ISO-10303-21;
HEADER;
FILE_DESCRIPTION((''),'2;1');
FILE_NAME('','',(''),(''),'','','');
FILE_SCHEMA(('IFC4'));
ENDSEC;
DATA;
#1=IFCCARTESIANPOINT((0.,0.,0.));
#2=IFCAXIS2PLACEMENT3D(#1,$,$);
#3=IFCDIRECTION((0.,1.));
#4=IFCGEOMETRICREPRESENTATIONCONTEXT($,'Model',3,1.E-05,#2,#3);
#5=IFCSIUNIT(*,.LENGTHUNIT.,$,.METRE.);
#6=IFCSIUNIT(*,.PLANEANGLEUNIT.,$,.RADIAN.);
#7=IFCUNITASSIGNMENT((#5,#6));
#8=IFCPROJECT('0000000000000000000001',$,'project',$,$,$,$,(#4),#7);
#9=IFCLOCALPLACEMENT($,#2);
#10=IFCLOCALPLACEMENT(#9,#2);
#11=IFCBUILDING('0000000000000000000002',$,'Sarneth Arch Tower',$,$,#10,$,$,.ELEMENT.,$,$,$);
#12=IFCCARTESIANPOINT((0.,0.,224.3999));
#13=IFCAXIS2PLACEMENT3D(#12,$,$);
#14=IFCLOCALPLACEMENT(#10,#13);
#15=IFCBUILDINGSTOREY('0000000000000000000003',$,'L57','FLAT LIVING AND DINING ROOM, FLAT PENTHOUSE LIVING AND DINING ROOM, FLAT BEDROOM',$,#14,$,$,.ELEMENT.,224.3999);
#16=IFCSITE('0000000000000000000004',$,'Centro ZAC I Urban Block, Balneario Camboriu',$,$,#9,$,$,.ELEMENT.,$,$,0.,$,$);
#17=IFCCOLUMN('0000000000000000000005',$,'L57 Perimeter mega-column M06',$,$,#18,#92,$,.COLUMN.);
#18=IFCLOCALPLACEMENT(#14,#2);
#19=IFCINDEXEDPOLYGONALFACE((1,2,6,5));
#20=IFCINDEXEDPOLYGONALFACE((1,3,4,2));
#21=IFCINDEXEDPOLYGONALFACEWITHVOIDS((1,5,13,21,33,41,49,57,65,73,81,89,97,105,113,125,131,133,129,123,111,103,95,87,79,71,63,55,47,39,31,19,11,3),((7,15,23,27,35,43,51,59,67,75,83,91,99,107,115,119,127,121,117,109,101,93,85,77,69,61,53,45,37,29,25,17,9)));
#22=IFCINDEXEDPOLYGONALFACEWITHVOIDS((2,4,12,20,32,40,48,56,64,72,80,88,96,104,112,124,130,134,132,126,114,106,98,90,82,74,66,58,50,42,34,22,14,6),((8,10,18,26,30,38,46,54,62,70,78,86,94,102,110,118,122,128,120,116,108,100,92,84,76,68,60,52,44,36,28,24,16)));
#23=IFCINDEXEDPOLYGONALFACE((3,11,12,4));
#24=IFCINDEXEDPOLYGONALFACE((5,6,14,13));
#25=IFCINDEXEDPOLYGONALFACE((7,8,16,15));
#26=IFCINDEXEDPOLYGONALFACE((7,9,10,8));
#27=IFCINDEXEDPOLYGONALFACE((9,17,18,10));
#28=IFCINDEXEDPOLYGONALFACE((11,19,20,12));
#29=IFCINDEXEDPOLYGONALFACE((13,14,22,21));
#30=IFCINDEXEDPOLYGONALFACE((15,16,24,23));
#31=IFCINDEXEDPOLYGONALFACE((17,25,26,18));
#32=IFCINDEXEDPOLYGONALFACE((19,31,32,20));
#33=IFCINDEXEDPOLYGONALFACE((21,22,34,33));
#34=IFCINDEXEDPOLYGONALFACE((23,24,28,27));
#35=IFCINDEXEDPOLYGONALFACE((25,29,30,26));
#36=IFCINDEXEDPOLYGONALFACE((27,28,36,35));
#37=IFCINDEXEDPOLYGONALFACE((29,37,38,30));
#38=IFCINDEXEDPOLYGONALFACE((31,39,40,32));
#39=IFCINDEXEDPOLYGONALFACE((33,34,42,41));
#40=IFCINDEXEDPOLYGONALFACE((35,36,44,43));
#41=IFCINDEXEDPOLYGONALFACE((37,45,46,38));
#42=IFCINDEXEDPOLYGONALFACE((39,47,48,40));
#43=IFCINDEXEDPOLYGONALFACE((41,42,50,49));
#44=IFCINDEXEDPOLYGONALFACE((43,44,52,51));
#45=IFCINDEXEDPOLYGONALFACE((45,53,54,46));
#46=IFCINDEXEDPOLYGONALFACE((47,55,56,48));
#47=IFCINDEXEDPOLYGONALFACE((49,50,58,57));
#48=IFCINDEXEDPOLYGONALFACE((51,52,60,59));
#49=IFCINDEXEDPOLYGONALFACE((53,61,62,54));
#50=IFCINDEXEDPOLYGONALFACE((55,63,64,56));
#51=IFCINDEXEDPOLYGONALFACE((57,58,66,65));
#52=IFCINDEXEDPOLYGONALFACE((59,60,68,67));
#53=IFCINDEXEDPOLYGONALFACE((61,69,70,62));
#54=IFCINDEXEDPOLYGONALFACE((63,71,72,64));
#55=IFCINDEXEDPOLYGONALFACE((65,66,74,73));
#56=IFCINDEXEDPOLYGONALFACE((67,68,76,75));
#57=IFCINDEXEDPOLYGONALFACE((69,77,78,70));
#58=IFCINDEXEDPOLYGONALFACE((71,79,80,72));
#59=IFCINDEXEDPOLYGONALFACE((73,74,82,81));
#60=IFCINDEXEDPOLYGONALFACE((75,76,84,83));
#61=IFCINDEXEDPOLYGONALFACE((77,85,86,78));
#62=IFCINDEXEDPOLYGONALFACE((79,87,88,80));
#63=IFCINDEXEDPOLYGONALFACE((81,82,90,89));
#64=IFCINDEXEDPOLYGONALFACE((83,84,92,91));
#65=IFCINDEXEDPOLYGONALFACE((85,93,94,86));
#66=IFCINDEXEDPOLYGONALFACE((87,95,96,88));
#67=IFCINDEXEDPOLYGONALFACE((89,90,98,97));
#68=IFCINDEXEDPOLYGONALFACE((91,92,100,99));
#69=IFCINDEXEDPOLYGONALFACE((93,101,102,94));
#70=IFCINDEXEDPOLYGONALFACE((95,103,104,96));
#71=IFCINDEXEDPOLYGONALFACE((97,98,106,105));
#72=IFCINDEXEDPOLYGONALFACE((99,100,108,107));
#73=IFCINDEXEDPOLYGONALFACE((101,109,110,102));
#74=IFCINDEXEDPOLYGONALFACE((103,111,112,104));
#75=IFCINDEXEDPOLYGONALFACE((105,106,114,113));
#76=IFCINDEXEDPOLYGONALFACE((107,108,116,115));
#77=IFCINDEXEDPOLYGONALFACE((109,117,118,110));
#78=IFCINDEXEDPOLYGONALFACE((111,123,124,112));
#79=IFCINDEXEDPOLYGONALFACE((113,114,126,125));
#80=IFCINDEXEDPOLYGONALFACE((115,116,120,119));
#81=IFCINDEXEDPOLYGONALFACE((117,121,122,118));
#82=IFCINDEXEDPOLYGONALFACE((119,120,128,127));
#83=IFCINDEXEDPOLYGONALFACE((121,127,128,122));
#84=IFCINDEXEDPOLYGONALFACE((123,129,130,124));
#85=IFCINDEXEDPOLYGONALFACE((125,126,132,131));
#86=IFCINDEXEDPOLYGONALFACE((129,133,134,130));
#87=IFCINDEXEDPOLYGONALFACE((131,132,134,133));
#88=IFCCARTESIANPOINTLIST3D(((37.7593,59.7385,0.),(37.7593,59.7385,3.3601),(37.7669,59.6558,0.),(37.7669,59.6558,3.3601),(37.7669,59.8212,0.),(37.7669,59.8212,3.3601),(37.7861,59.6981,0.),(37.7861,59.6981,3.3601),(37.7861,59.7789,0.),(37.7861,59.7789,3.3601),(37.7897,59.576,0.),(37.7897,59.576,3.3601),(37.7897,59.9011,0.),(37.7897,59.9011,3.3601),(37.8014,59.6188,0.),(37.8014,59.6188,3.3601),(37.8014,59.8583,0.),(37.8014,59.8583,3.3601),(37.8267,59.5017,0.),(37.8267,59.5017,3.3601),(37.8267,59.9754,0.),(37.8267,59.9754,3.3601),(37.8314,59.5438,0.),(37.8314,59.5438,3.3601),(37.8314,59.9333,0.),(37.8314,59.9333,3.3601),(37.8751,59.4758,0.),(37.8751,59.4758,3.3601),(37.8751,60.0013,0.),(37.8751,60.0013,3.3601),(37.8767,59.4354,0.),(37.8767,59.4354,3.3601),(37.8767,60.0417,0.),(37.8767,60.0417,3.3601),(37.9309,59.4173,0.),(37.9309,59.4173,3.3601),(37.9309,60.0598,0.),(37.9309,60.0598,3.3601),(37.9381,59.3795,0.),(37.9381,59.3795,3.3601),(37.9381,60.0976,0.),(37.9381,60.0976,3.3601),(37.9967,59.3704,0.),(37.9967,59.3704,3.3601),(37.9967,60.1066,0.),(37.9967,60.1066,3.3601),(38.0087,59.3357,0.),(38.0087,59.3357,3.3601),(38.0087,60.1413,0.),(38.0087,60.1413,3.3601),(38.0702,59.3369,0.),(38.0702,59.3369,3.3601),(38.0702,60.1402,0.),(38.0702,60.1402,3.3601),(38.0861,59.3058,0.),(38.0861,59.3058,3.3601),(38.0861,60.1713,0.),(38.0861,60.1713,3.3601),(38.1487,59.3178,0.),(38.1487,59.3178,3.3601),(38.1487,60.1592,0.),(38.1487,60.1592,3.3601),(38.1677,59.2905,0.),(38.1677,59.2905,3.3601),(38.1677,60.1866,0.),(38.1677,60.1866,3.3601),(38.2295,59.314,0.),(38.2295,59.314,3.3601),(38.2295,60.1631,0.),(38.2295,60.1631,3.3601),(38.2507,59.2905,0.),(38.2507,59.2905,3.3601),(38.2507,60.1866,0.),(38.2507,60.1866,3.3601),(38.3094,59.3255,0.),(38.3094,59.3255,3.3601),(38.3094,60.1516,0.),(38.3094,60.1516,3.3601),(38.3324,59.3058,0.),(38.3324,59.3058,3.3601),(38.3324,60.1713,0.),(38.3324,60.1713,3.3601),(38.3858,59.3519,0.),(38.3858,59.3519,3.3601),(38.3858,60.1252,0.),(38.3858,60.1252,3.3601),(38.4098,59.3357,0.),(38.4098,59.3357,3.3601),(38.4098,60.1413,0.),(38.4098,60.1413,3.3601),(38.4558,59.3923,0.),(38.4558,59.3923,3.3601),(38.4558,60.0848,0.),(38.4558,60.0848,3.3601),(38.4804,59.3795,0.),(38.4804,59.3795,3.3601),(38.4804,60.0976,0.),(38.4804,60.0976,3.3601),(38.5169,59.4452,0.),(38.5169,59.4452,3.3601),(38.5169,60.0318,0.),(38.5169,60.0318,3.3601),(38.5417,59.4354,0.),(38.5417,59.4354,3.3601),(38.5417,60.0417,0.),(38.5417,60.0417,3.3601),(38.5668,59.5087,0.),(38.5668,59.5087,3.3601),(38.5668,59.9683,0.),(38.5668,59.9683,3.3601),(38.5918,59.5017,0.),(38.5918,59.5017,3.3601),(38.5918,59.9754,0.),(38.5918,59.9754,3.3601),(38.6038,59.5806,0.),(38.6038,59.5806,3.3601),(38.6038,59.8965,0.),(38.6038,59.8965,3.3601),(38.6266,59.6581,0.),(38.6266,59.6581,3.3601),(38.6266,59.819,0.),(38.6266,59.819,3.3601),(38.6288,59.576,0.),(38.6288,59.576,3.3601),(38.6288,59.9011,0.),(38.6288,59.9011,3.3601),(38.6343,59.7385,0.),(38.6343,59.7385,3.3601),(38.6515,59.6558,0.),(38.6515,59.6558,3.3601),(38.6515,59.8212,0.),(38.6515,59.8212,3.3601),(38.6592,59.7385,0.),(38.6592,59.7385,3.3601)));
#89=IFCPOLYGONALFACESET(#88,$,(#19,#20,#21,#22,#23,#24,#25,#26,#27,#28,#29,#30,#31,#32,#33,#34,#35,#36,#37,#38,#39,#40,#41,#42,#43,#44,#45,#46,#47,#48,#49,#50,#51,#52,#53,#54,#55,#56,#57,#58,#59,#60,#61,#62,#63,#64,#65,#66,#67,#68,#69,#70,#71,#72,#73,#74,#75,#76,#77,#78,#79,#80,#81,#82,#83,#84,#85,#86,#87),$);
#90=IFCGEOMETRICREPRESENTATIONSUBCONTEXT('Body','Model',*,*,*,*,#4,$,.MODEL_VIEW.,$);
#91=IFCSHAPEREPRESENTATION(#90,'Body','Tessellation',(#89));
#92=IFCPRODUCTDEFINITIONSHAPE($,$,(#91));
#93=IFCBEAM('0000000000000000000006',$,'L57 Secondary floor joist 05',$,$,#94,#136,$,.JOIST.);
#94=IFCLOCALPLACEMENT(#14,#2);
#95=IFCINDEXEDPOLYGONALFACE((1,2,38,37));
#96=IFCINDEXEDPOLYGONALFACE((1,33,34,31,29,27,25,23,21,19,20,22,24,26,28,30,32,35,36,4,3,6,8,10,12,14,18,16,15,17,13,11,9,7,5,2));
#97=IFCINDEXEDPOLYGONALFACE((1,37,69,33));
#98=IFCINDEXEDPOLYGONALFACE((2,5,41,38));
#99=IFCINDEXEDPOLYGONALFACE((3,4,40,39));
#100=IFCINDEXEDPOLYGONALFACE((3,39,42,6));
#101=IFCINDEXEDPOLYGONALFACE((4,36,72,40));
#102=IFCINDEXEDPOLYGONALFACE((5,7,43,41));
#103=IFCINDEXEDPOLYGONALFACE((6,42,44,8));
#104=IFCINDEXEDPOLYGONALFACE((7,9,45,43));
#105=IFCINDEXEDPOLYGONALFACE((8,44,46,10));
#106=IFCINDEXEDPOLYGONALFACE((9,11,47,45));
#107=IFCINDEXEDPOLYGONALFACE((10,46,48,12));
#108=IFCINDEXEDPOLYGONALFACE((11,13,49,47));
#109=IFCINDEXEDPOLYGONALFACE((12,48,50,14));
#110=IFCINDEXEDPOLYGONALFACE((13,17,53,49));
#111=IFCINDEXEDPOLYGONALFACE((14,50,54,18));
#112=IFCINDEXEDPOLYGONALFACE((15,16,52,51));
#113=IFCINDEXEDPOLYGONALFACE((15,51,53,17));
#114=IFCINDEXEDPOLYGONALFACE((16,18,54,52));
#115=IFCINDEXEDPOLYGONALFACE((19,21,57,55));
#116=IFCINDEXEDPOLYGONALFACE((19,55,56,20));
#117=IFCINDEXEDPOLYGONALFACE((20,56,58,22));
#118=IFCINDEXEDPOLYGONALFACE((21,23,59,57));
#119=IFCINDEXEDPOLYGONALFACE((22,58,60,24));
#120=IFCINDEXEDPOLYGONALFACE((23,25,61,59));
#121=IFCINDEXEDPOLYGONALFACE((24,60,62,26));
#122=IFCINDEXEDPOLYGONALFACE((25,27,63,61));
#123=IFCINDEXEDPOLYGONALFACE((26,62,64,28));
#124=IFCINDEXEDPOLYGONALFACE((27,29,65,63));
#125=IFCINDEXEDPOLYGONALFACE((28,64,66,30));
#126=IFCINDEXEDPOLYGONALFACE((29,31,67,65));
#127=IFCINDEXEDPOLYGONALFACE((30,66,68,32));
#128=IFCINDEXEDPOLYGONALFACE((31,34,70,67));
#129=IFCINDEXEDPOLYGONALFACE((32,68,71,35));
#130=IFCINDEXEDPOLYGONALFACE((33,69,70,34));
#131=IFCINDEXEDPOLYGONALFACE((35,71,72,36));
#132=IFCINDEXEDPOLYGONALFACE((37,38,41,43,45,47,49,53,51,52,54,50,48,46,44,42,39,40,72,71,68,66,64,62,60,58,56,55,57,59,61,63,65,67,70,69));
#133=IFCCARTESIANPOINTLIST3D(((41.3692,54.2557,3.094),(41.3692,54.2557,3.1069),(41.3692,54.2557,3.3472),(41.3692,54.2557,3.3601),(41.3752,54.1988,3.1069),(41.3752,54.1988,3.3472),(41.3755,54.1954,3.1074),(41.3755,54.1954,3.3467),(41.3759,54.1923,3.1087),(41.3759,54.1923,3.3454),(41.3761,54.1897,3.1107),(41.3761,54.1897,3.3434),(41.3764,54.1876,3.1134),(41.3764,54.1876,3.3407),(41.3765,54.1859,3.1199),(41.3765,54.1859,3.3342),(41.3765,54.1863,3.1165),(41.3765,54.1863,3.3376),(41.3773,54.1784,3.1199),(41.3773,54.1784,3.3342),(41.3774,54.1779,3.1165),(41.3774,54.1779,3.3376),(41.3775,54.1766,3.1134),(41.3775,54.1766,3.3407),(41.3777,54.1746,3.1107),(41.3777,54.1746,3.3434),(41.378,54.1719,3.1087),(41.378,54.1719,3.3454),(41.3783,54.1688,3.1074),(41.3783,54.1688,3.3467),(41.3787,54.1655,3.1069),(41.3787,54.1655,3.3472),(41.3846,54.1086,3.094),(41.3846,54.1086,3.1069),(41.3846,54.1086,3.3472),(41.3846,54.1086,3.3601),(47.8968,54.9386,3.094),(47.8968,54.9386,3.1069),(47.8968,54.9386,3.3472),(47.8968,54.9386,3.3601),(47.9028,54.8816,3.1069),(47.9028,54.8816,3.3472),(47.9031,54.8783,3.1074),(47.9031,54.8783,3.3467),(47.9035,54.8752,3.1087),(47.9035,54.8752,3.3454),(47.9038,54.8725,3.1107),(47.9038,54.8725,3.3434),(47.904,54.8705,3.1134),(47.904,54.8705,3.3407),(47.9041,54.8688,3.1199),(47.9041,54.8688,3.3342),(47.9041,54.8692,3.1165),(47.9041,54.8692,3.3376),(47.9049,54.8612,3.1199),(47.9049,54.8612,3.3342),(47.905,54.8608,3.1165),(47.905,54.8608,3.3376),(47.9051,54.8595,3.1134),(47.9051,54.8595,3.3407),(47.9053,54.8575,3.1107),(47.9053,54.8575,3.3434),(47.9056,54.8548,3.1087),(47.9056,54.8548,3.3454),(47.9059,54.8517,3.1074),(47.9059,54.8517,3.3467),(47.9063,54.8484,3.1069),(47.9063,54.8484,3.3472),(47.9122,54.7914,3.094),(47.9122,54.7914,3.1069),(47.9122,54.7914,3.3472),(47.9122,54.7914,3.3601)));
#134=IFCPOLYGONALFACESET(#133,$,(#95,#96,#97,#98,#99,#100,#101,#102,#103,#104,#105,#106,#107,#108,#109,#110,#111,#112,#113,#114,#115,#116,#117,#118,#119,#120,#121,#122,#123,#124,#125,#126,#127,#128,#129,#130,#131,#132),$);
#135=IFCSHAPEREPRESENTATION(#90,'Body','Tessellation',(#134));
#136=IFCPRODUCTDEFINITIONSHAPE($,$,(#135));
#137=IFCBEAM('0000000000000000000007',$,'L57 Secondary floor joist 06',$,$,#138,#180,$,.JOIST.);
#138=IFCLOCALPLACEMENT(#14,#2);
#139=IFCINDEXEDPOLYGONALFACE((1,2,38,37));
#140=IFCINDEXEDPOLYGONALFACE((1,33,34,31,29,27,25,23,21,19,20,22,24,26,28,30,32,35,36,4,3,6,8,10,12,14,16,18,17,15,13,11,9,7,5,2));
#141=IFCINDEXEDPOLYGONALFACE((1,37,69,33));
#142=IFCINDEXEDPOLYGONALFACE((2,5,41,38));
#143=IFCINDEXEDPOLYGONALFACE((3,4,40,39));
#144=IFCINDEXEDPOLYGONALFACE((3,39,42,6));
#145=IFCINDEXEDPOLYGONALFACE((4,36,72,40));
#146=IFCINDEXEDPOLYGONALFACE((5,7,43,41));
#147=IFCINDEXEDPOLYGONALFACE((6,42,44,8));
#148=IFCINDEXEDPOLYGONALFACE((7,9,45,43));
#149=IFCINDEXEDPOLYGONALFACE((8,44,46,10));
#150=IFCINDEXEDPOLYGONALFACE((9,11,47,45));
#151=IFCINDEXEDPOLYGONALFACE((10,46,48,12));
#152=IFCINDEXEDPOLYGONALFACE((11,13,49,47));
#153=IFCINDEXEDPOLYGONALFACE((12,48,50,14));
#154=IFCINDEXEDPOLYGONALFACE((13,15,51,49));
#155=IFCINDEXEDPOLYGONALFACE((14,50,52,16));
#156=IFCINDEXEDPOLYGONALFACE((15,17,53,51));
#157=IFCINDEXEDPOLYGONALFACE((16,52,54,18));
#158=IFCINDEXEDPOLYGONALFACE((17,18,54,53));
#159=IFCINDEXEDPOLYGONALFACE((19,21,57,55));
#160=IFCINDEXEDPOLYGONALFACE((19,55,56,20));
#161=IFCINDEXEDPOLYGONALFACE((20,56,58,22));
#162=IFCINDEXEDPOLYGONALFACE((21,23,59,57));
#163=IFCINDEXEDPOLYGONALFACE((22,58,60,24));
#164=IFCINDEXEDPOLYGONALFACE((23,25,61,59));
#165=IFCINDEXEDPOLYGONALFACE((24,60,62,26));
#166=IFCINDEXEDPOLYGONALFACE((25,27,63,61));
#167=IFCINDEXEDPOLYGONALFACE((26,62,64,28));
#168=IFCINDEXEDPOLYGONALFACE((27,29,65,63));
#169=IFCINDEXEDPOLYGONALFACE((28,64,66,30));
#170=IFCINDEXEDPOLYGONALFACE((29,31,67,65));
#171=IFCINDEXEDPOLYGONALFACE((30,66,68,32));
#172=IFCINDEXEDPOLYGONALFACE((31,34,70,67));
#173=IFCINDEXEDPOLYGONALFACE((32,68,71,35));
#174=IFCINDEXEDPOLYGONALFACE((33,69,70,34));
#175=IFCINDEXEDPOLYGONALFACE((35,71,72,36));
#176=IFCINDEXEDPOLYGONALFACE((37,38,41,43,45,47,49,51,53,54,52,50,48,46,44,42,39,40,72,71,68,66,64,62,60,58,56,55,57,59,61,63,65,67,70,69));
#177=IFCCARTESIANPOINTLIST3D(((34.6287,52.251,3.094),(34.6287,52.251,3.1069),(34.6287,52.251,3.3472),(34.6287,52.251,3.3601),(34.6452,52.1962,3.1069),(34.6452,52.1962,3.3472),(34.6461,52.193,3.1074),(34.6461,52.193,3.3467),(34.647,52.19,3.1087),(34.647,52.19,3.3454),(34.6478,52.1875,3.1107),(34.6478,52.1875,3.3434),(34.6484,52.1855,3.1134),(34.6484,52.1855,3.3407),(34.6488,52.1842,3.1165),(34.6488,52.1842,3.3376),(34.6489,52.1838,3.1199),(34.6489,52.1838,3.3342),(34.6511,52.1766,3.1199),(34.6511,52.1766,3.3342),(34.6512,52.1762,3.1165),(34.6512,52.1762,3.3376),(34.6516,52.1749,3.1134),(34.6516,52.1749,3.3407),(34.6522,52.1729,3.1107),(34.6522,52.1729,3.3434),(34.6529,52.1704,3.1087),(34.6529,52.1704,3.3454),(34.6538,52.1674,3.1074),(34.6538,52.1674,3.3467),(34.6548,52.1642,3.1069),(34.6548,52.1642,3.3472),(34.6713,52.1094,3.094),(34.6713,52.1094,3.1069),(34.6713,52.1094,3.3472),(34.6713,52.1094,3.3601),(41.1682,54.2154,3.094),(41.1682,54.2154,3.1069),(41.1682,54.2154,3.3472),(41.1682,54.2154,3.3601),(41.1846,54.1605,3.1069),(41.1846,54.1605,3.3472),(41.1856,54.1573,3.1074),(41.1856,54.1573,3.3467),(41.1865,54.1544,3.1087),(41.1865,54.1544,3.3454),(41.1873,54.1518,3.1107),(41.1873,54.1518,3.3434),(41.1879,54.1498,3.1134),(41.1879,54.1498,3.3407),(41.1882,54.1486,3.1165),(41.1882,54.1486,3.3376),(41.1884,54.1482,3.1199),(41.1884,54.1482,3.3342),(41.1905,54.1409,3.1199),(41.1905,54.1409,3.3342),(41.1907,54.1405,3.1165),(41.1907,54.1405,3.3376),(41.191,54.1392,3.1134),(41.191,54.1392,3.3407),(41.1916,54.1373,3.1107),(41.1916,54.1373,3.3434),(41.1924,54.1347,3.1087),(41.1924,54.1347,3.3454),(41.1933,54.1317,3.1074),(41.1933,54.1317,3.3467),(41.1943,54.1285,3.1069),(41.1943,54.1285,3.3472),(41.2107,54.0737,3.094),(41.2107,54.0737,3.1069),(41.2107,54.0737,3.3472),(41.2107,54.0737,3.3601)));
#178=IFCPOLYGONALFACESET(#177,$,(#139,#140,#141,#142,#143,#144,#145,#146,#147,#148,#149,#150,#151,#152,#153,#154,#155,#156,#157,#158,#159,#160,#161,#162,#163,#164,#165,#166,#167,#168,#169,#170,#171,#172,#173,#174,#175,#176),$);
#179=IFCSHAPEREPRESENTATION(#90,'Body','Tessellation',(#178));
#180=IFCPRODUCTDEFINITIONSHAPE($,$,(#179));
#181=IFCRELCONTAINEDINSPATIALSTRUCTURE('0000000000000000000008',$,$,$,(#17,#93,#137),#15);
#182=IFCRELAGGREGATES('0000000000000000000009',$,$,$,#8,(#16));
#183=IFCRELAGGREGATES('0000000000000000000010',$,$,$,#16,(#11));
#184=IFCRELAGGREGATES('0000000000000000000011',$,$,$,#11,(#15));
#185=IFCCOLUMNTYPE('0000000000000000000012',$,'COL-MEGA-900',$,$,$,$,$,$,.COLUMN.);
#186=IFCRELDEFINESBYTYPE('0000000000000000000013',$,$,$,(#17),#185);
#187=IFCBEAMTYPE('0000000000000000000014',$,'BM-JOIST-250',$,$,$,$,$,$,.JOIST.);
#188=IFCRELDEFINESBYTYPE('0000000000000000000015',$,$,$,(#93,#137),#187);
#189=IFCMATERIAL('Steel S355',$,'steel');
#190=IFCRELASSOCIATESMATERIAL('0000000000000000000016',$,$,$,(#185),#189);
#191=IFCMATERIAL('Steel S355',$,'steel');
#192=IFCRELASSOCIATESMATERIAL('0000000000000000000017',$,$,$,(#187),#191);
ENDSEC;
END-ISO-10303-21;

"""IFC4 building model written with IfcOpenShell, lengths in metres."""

from ifc_helpers import new_model, si_unit, direction, frame, origin, origin_2d, place, context, subcontext, project, spatial, hollow_circle, i_section, extrude, material, material_profile, profile_set, type_object, element, save


model = new_model("IFC4")

# Units and contexts
model_context = context("Model", 3, precision=1e-05, world=origin(), true_north=direction((0.0, 1.0)))
body_context = subcontext(model_context, "Body", "Model", "MODEL_VIEW")
ifc_project = project(units=[si_unit("LENGTHUNIT", "METRE"), si_unit("PLANEANGLEUNIT", "RADIAN")], contexts=[model_context])

# Site, building, storey
site_placement = place(None, origin())
site = spatial("IfcSite", under=ifc_project, at=site_placement, Name="Centro ZAC I Urban Block, Balneario Camboriu", CompositionType="ELEMENT", RefElevation=0.0)
building_placement = place(site_placement, origin())
building = spatial("IfcBuilding", under=site, at=building_placement, Name="Sarneth Arch Tower", CompositionType="ELEMENT")
storey_placement = place(building_placement, frame((0.0, 0.0, 224.3999)))
storey = spatial("IfcBuildingStorey", under=building, at=storey_placement, Name="L57", Description="FLAT LIVING AND DINING ROOM, FLAT PENTHOUSE LIVING AND DINING ROOM, FLAT BEDROOM", CompositionType="ELEMENT", Elevation=224.3999)

# Column
ifc_material_1 = material(Name="Steel S355", Category="steel")
ifc_material_profile_1 = material_profile(ifc_material_1, hollow_circle(Radius=0.45, WallThickness=0.0249, at=origin_2d()), Name="CHS900x25")
ifc_profile_set_1 = profile_set([ifc_material_profile_1], Name="Steel S355")
column_type = type_object("IfcColumnType", Name="COL-MEGA-900", PredefinedType="COLUMN", material=ifc_profile_set_1)
column_placement = place(storey_placement, frame((38.2092, 59.7385, 0.0), z_axis=(0.0, 0.0, 1.0), x_axis=(1.0, 0.0, 0.0)))
element("IfcColumn", 1, at=column_placement, inside=storey, type_object=column_type, Name="L57 Perimeter mega-column M06", PredefinedType="COLUMN", context=body_context, shape_type="SweptSolid", body=[
    extrude(hollow_circle(Radius=0.45, WallThickness=0.0249, at=origin_2d()), origin(), (0.0, 0.0, 1.0), 3.3601),
])

# Beams
ifc_material_2 = material(Name="Steel S355", Category="steel")
ifc_material_profile_2 = material_profile(ifc_material_2, i_section(OverallWidth=0.1479, OverallDepth=0.2661, WebThickness=0.0076, FlangeThickness=0.0129, FilletRadius=0.0129, at=origin_2d()), Name="W250x44.8")
ifc_profile_set_2 = profile_set([ifc_material_profile_2], Name="Steel S355")
beam_type_1 = type_object("IfcBeamType", Name="BM-JOIST-250", PredefinedType="JOIST", material=ifc_profile_set_2)
beam_1_placement = place(storey_placement, frame((47.9045, 54.865, 3.2271), z_axis=(-0.994573, -0.104044, 0.0), x_axis=(0.104044, -0.994573, 0.0)))
element("IfcBeam", 2, at=beam_1_placement, inside=storey, type_object=beam_type_1, Name="L57 Secondary floor joist 05", PredefinedType="JOIST", context=body_context, shape_type="SweptSolid", body=[
    extrude(i_section(OverallWidth=0.1479, OverallDepth=0.2661, WebThickness=0.0076, FlangeThickness=0.0129, FilletRadius=0.0129, at=origin_2d()), origin(), (0.0, 0.0, 1.0), 6.5632),
])
beam_2_placement = place(storey_placement, frame((41.1895, 54.1445, 3.2271), z_axis=(-0.957726, -0.287682, 0.0), x_axis=(0.287682, -0.957726, 0.0)))
element("IfcBeam", 3, at=beam_2_placement, inside=storey, type_object=beam_type_1, Name="L57 Secondary floor joist 06", PredefinedType="JOIST", context=body_context, shape_type="SweptSolid", body=[
    extrude(i_section(OverallWidth=0.1479, OverallDepth=0.2661, WebThickness=0.0076, FlangeThickness=0.0129, FilletRadius=0.0129, at=origin_2d()), origin(), (0.0, 0.0, 1.0), 6.8281),
])

save(model, "model.ifc")
